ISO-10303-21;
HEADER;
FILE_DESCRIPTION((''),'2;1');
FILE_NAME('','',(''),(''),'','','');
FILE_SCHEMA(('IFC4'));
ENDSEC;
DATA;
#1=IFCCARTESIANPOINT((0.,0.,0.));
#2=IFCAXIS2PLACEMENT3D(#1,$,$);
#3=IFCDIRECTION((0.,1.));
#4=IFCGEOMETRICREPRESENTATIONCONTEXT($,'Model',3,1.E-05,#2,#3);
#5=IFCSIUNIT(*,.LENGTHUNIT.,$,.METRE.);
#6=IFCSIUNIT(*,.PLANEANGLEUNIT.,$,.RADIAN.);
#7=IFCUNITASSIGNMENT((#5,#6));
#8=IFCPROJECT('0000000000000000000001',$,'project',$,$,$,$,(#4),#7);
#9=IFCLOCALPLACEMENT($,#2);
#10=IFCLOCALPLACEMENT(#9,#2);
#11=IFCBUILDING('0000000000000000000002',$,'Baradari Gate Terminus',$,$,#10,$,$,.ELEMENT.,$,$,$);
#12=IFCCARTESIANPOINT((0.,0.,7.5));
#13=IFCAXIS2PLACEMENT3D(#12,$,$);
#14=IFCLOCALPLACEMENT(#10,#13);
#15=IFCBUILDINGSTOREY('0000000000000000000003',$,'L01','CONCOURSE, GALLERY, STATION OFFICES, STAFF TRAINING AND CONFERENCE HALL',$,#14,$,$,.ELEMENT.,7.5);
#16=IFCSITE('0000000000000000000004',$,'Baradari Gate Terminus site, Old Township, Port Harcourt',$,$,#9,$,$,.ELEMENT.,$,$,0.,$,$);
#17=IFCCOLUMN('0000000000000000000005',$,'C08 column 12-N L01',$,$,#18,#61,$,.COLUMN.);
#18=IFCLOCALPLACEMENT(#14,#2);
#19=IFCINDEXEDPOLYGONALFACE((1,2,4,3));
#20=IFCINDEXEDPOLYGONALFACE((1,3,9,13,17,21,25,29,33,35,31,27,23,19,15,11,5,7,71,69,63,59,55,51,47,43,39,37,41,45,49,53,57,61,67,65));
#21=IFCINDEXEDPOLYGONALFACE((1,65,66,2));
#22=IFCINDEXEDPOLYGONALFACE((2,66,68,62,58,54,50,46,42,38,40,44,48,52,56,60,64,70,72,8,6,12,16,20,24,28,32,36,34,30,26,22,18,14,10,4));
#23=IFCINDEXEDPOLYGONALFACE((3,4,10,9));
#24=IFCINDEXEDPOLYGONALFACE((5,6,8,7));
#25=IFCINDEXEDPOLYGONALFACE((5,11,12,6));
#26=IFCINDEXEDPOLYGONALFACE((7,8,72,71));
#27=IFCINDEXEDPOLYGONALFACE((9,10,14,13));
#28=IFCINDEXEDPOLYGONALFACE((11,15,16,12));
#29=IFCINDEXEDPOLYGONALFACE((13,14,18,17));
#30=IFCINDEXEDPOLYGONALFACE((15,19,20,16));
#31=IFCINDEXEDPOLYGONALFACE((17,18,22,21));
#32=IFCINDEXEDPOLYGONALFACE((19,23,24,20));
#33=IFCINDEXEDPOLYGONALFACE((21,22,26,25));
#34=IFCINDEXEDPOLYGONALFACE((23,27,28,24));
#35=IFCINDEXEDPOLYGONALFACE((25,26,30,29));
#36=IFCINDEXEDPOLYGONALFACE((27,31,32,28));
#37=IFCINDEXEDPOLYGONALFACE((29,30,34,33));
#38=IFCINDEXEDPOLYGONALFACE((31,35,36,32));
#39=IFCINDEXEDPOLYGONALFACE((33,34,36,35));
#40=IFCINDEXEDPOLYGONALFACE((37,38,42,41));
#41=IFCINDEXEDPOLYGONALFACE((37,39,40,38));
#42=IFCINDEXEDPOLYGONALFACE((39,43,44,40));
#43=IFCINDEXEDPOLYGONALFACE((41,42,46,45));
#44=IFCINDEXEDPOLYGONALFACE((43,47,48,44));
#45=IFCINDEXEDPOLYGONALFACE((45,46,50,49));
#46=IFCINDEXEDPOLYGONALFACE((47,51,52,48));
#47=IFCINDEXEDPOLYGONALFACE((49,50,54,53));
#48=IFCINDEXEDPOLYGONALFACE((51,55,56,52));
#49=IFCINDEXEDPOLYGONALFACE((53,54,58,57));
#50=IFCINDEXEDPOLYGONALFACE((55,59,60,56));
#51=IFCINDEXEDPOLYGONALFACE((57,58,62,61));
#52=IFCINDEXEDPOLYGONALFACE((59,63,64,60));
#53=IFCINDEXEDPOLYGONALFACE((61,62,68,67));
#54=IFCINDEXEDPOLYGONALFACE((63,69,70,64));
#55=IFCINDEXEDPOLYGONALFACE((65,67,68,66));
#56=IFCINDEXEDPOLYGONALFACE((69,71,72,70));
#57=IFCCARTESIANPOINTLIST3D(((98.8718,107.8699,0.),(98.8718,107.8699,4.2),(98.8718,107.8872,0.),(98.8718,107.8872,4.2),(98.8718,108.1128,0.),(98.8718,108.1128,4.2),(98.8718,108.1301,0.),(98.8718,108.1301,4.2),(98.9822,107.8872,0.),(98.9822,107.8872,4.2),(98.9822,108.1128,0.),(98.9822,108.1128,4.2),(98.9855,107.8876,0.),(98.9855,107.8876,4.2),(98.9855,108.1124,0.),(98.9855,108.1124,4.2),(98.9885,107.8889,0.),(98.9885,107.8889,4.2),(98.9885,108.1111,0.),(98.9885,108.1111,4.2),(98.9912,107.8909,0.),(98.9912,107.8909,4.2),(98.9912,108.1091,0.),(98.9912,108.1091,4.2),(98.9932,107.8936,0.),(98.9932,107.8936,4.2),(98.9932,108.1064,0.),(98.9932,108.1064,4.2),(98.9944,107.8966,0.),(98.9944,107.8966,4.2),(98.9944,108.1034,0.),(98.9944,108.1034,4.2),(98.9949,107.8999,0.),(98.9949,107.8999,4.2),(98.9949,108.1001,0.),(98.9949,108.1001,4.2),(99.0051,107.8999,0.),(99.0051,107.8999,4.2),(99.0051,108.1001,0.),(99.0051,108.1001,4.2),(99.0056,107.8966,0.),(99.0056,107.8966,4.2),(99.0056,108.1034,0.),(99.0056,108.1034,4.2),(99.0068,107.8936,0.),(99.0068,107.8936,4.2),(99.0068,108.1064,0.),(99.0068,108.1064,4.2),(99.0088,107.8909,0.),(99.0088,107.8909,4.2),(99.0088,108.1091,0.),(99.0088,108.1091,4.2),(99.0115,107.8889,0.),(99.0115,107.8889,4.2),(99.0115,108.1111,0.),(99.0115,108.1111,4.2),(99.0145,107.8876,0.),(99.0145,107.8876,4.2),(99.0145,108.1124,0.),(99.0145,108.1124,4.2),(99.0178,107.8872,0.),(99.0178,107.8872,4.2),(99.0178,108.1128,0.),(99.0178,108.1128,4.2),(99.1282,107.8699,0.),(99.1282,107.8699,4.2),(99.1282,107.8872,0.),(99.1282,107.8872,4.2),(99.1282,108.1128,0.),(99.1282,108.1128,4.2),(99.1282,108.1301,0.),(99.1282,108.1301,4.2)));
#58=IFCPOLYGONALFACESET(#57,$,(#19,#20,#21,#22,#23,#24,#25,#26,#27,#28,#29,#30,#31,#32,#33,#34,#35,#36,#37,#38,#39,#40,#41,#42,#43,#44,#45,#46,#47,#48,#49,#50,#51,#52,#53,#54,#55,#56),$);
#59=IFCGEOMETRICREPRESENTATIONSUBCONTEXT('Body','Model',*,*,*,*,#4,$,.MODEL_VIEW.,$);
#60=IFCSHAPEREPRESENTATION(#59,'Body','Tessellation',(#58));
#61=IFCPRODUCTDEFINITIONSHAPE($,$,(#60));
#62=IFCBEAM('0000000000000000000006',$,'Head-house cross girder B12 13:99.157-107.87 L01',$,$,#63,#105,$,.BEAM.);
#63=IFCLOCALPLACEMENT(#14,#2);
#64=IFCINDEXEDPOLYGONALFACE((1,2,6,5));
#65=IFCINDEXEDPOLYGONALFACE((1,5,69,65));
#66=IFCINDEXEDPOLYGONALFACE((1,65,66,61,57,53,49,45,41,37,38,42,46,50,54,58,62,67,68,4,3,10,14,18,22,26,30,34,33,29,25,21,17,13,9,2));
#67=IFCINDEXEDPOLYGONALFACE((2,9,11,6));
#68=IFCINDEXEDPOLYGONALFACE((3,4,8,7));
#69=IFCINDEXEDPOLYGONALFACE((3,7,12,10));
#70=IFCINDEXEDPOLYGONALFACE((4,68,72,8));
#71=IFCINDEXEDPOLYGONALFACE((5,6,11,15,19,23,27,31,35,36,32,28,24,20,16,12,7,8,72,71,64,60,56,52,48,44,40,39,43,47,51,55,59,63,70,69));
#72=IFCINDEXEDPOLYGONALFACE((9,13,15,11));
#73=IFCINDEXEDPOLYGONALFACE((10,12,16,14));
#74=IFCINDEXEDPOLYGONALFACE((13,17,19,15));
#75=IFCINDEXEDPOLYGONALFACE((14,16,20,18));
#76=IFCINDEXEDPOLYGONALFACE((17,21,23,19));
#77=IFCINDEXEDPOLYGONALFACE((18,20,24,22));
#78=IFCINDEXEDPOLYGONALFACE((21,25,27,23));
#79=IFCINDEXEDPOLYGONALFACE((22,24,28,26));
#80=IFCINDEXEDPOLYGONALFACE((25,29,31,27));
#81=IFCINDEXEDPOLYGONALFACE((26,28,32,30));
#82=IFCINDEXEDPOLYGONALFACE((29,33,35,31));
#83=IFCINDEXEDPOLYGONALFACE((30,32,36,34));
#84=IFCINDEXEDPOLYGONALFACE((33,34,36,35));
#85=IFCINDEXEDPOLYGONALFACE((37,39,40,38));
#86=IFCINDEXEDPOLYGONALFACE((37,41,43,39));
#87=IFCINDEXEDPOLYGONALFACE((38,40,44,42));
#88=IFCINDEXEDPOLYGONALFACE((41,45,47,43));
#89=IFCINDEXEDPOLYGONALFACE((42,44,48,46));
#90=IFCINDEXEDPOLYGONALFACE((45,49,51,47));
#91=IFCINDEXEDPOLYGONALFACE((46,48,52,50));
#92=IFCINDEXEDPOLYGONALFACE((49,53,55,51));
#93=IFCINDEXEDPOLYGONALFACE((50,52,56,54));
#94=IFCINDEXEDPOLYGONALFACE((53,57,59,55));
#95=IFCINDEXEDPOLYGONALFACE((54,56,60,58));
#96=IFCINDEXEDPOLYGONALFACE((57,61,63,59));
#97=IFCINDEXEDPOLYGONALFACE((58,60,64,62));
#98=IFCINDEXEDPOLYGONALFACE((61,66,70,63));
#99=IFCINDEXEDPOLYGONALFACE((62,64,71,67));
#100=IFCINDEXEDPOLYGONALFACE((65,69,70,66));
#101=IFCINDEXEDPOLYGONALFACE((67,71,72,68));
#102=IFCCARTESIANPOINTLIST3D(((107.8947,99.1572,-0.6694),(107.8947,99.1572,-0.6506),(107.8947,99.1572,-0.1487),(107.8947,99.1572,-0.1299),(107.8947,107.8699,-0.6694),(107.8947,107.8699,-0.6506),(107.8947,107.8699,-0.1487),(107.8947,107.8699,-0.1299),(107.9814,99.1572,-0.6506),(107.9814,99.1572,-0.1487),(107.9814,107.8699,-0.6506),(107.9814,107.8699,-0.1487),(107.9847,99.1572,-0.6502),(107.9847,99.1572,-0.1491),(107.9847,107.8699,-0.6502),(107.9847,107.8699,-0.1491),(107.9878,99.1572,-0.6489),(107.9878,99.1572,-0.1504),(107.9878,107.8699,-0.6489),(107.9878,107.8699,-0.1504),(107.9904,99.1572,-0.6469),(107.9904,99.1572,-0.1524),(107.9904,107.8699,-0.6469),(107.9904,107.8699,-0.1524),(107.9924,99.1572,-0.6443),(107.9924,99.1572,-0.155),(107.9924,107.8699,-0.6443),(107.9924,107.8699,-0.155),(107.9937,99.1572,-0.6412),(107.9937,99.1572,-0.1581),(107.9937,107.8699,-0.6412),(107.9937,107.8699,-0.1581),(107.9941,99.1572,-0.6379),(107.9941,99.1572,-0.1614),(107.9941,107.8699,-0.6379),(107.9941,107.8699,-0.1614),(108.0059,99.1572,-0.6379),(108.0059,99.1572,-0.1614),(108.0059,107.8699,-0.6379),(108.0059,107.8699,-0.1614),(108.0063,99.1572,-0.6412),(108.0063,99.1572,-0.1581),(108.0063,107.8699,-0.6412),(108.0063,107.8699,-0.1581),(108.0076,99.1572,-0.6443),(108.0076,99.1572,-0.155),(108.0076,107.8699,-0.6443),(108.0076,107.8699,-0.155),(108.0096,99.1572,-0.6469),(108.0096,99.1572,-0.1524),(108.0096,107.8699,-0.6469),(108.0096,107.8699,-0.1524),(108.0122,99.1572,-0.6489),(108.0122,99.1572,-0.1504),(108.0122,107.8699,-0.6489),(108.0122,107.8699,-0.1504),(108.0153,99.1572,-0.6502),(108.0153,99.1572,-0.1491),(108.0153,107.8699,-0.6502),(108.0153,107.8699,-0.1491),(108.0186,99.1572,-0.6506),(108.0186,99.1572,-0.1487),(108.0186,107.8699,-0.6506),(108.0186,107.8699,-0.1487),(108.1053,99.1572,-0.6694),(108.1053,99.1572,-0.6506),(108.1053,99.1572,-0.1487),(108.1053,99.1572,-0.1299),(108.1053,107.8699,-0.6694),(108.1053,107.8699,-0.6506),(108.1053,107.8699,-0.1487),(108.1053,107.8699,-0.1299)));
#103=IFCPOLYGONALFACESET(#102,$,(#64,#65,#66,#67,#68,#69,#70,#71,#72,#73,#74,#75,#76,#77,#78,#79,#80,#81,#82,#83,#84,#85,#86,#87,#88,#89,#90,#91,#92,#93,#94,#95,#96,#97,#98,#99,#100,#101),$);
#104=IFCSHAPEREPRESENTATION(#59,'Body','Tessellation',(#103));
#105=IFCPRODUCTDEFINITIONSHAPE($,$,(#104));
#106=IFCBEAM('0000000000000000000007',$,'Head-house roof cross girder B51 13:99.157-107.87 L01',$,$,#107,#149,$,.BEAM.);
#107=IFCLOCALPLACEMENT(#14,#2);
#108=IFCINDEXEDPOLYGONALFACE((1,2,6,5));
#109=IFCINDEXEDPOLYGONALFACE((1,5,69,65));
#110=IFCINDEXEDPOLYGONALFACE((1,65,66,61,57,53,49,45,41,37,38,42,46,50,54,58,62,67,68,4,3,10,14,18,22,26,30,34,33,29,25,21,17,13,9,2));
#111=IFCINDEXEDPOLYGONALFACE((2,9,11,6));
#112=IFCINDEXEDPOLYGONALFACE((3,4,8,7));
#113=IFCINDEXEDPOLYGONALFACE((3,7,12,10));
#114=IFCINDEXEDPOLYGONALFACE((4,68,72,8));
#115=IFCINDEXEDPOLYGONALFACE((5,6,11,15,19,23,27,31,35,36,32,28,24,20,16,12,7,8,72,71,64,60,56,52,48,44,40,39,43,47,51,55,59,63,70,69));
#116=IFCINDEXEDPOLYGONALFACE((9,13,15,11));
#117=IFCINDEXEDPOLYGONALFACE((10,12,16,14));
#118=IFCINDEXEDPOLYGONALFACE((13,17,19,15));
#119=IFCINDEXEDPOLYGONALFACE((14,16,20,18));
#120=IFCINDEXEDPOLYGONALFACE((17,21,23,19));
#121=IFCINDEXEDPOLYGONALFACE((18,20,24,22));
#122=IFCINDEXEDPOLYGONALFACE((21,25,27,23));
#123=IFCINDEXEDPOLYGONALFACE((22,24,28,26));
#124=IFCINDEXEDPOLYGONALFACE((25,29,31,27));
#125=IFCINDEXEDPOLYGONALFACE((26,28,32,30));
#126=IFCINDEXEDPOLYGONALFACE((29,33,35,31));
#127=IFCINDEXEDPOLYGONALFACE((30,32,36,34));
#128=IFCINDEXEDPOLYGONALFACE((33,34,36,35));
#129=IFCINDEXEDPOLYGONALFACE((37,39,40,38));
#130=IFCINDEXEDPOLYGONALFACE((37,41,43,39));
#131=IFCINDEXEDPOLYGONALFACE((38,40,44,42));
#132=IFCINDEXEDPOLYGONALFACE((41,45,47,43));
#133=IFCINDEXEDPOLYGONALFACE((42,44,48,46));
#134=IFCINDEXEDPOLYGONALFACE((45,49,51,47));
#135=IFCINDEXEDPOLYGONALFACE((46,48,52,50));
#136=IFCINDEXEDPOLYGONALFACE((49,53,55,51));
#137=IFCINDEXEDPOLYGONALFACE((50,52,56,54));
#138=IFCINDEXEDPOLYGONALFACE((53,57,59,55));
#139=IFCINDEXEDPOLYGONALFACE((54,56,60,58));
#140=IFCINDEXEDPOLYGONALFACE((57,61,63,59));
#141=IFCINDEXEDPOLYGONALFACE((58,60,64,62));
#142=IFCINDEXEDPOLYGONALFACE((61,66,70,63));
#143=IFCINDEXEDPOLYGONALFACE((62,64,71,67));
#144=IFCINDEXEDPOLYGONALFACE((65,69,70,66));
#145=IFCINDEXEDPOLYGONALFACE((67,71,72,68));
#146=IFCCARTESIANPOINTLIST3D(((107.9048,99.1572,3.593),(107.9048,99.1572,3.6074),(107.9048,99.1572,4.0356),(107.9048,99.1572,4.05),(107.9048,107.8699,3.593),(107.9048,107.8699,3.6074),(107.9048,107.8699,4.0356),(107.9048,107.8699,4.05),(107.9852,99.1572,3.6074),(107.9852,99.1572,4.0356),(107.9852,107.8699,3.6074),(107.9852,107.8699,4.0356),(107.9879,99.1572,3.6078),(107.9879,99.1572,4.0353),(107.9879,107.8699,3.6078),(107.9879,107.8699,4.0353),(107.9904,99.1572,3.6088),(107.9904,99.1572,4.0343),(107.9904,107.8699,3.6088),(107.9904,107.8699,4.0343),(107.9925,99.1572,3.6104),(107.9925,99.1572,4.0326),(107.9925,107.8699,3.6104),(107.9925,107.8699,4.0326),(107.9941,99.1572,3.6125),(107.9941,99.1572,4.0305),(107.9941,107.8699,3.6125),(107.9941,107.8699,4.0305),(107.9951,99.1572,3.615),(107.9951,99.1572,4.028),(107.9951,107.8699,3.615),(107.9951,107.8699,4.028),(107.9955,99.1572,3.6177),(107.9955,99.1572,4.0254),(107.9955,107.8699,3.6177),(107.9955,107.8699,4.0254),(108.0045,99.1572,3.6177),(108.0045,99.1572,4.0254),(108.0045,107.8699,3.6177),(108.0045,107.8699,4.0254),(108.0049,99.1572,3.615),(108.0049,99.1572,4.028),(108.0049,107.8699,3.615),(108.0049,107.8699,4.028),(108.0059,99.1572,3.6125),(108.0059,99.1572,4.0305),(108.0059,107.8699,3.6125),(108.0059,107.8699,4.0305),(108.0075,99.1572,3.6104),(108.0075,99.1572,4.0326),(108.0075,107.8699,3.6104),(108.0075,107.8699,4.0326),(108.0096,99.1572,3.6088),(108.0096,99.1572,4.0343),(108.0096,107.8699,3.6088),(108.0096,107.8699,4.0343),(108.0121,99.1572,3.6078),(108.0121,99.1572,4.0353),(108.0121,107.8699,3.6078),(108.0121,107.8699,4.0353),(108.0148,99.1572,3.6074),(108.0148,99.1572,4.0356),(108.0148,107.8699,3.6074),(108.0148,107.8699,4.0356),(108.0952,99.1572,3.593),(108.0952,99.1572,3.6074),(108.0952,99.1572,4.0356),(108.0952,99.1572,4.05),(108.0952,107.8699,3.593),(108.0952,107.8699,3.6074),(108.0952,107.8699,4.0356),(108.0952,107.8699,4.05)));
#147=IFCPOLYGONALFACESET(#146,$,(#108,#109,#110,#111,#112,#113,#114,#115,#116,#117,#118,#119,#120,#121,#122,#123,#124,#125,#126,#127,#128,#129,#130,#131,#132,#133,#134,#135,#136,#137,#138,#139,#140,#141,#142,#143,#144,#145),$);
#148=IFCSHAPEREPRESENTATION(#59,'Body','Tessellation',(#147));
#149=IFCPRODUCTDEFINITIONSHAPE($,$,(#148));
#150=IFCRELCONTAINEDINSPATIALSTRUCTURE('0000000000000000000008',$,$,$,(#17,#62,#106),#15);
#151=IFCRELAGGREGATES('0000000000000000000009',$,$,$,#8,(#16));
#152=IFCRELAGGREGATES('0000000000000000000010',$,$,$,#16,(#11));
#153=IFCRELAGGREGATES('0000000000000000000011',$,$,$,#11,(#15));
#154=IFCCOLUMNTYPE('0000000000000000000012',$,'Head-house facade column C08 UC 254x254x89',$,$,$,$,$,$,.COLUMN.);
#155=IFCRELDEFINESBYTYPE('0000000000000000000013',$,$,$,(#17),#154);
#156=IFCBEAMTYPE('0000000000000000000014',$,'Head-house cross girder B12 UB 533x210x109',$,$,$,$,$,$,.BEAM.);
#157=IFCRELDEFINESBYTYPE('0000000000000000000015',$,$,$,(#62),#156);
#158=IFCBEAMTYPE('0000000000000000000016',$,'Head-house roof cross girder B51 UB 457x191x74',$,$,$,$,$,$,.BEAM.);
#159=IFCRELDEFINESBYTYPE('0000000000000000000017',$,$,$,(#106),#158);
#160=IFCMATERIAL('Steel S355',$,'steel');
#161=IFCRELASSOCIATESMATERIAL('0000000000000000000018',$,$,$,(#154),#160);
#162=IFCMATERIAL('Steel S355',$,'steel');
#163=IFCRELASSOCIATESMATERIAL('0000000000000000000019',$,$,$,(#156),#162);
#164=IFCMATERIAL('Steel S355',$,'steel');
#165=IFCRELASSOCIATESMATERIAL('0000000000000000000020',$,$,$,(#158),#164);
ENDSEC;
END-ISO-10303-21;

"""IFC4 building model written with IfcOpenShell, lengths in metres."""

from ifc_helpers import new_model, si_unit, direction, frame, origin, origin_2d, place, context, subcontext, project, spatial, i_section, extrude, material, material_profile, profile_set, type_object, element, save


model = new_model("IFC4")

# Units and contexts
model_context = context("Model", 3, precision=1e-05, world=origin(), true_north=direction((0.0, 1.0)))
body_context = subcontext(model_context, "Body", "Model", "MODEL_VIEW")
ifc_project = project(units=[si_unit("LENGTHUNIT", "METRE"), si_unit("PLANEANGLEUNIT", "RADIAN")], contexts=[model_context])

# Site, building, storey
site_placement = place(None, origin())
site = spatial("IfcSite", under=ifc_project, at=site_placement, Name="Baradari Gate Terminus site, Old Township, Port Harcourt", CompositionType="ELEMENT", RefElevation=0.0)
building_placement = place(site_placement, origin())
building = spatial("IfcBuilding", under=site, at=building_placement, Name="Baradari Gate Terminus", CompositionType="ELEMENT")
storey_placement = place(building_placement, frame((0.0, 0.0, 7.5)))
storey = spatial("IfcBuildingStorey", under=building, at=storey_placement, Name="L01", Description="CONCOURSE, GALLERY, STATION OFFICES, STAFF TRAINING AND CONFERENCE HALL", CompositionType="ELEMENT", Elevation=7.5)

# Column
ifc_material_1 = material(Name="Steel S355", Category="steel")
ifc_material_profile_1 = material_profile(ifc_material_1, i_section(OverallWidth=0.2563, OverallDepth=0.2603, WebThickness=0.0103, FlangeThickness=0.0173, FilletRadius=0.0127, at=origin_2d()), Name="UC 254x254x89")
ifc_profile_set_1 = profile_set([ifc_material_profile_1], Name="Steel S355")
column_type = type_object("IfcColumnType", Name="Head-house facade column C08 UC 254x254x89", PredefinedType="COLUMN", material=ifc_profile_set_1)
column_placement = place(storey_placement, frame((99.0, 108.0, 0.0), z_axis=(0.0, 0.0, 1.0), x_axis=(1.0, 0.0, 0.0)))
element("IfcColumn", 1, at=column_placement, inside=storey, type_object=column_type, Name="C08 column 12-N L01", PredefinedType="COLUMN", context=body_context, shape_type="SweptSolid", body=[
    extrude(i_section(OverallWidth=0.2563, OverallDepth=0.2603, WebThickness=0.0103, FlangeThickness=0.0173, FilletRadius=0.0127, at=origin_2d()), origin(), (0.0, 0.0, 1.0), 4.2),
])

# Beams
ifc_material_2 = material(Name="Steel S355", Category="steel")
ifc_material_profile_2 = material_profile(ifc_material_2, i_section(OverallWidth=0.2107, OverallDepth=0.5396, WebThickness=0.0117, FlangeThickness=0.0188, FilletRadius=0.0127, at=origin_2d()), Name="UB 533x210x109")
ifc_profile_set_2 = profile_set([ifc_material_profile_2], Name="Steel S355")
beam_type_1 = type_object("IfcBeamType", Name="Head-house cross girder B12 UB 533x210x109", PredefinedType="BEAM", material=ifc_profile_set_2)
beam_1_placement = place(storey_placement, frame((108.0, 99.1572, -0.3997), z_axis=(0.0, 1.0, 0.0), x_axis=(-1.0, 0.0, 0.0)))
element("IfcBeam", 2, at=beam_1_placement, inside=storey, type_object=beam_type_1, Name="Head-house cross girder B12 13:99.157-107.87 L01", PredefinedType="BEAM", context=body_context, shape_type="SweptSolid", body=[
    extrude(i_section(OverallWidth=0.2107, OverallDepth=0.5396, WebThickness=0.0117, FlangeThickness=0.0188, FilletRadius=0.0127, at=origin_2d()), origin(), (0.0, 0.0, 1.0), 8.7126),
])
ifc_material_3 = material(Name="Steel S355", Category="steel")
ifc_material_profile_3 = material_profile(ifc_material_3, i_section(OverallWidth=0.1904, OverallDepth=0.457, WebThickness=0.009, FlangeThickness=0.0144, FilletRadius=0.0103, at=origin_2d()), Name="UB 457x191x74")
ifc_profile_set_3 = profile_set([ifc_material_profile_3], Name="Steel S355")
beam_type_2 = type_object("IfcBeamType", Name="Head-house roof cross girder B51 UB 457x191x74", PredefinedType="BEAM", material=ifc_profile_set_3)
beam_2_placement = place(storey_placement, frame((108.0, 99.1572, 3.8215), z_axis=(0.0, 1.0, 0.0), x_axis=(-1.0, 0.0, 0.0)))
element("IfcBeam", 3, at=beam_2_placement, inside=storey, type_object=beam_type_2, Name="Head-house roof cross girder B51 13:99.157-107.87 L01", PredefinedType="BEAM", context=body_context, shape_type="SweptSolid", body=[
    extrude(i_section(OverallWidth=0.1904, OverallDepth=0.457, WebThickness=0.009, FlangeThickness=0.0144, FilletRadius=0.0103, at=origin_2d()), origin(), (0.0, 0.0, 1.0), 8.7126),
])

save(model, "model.ifc")
